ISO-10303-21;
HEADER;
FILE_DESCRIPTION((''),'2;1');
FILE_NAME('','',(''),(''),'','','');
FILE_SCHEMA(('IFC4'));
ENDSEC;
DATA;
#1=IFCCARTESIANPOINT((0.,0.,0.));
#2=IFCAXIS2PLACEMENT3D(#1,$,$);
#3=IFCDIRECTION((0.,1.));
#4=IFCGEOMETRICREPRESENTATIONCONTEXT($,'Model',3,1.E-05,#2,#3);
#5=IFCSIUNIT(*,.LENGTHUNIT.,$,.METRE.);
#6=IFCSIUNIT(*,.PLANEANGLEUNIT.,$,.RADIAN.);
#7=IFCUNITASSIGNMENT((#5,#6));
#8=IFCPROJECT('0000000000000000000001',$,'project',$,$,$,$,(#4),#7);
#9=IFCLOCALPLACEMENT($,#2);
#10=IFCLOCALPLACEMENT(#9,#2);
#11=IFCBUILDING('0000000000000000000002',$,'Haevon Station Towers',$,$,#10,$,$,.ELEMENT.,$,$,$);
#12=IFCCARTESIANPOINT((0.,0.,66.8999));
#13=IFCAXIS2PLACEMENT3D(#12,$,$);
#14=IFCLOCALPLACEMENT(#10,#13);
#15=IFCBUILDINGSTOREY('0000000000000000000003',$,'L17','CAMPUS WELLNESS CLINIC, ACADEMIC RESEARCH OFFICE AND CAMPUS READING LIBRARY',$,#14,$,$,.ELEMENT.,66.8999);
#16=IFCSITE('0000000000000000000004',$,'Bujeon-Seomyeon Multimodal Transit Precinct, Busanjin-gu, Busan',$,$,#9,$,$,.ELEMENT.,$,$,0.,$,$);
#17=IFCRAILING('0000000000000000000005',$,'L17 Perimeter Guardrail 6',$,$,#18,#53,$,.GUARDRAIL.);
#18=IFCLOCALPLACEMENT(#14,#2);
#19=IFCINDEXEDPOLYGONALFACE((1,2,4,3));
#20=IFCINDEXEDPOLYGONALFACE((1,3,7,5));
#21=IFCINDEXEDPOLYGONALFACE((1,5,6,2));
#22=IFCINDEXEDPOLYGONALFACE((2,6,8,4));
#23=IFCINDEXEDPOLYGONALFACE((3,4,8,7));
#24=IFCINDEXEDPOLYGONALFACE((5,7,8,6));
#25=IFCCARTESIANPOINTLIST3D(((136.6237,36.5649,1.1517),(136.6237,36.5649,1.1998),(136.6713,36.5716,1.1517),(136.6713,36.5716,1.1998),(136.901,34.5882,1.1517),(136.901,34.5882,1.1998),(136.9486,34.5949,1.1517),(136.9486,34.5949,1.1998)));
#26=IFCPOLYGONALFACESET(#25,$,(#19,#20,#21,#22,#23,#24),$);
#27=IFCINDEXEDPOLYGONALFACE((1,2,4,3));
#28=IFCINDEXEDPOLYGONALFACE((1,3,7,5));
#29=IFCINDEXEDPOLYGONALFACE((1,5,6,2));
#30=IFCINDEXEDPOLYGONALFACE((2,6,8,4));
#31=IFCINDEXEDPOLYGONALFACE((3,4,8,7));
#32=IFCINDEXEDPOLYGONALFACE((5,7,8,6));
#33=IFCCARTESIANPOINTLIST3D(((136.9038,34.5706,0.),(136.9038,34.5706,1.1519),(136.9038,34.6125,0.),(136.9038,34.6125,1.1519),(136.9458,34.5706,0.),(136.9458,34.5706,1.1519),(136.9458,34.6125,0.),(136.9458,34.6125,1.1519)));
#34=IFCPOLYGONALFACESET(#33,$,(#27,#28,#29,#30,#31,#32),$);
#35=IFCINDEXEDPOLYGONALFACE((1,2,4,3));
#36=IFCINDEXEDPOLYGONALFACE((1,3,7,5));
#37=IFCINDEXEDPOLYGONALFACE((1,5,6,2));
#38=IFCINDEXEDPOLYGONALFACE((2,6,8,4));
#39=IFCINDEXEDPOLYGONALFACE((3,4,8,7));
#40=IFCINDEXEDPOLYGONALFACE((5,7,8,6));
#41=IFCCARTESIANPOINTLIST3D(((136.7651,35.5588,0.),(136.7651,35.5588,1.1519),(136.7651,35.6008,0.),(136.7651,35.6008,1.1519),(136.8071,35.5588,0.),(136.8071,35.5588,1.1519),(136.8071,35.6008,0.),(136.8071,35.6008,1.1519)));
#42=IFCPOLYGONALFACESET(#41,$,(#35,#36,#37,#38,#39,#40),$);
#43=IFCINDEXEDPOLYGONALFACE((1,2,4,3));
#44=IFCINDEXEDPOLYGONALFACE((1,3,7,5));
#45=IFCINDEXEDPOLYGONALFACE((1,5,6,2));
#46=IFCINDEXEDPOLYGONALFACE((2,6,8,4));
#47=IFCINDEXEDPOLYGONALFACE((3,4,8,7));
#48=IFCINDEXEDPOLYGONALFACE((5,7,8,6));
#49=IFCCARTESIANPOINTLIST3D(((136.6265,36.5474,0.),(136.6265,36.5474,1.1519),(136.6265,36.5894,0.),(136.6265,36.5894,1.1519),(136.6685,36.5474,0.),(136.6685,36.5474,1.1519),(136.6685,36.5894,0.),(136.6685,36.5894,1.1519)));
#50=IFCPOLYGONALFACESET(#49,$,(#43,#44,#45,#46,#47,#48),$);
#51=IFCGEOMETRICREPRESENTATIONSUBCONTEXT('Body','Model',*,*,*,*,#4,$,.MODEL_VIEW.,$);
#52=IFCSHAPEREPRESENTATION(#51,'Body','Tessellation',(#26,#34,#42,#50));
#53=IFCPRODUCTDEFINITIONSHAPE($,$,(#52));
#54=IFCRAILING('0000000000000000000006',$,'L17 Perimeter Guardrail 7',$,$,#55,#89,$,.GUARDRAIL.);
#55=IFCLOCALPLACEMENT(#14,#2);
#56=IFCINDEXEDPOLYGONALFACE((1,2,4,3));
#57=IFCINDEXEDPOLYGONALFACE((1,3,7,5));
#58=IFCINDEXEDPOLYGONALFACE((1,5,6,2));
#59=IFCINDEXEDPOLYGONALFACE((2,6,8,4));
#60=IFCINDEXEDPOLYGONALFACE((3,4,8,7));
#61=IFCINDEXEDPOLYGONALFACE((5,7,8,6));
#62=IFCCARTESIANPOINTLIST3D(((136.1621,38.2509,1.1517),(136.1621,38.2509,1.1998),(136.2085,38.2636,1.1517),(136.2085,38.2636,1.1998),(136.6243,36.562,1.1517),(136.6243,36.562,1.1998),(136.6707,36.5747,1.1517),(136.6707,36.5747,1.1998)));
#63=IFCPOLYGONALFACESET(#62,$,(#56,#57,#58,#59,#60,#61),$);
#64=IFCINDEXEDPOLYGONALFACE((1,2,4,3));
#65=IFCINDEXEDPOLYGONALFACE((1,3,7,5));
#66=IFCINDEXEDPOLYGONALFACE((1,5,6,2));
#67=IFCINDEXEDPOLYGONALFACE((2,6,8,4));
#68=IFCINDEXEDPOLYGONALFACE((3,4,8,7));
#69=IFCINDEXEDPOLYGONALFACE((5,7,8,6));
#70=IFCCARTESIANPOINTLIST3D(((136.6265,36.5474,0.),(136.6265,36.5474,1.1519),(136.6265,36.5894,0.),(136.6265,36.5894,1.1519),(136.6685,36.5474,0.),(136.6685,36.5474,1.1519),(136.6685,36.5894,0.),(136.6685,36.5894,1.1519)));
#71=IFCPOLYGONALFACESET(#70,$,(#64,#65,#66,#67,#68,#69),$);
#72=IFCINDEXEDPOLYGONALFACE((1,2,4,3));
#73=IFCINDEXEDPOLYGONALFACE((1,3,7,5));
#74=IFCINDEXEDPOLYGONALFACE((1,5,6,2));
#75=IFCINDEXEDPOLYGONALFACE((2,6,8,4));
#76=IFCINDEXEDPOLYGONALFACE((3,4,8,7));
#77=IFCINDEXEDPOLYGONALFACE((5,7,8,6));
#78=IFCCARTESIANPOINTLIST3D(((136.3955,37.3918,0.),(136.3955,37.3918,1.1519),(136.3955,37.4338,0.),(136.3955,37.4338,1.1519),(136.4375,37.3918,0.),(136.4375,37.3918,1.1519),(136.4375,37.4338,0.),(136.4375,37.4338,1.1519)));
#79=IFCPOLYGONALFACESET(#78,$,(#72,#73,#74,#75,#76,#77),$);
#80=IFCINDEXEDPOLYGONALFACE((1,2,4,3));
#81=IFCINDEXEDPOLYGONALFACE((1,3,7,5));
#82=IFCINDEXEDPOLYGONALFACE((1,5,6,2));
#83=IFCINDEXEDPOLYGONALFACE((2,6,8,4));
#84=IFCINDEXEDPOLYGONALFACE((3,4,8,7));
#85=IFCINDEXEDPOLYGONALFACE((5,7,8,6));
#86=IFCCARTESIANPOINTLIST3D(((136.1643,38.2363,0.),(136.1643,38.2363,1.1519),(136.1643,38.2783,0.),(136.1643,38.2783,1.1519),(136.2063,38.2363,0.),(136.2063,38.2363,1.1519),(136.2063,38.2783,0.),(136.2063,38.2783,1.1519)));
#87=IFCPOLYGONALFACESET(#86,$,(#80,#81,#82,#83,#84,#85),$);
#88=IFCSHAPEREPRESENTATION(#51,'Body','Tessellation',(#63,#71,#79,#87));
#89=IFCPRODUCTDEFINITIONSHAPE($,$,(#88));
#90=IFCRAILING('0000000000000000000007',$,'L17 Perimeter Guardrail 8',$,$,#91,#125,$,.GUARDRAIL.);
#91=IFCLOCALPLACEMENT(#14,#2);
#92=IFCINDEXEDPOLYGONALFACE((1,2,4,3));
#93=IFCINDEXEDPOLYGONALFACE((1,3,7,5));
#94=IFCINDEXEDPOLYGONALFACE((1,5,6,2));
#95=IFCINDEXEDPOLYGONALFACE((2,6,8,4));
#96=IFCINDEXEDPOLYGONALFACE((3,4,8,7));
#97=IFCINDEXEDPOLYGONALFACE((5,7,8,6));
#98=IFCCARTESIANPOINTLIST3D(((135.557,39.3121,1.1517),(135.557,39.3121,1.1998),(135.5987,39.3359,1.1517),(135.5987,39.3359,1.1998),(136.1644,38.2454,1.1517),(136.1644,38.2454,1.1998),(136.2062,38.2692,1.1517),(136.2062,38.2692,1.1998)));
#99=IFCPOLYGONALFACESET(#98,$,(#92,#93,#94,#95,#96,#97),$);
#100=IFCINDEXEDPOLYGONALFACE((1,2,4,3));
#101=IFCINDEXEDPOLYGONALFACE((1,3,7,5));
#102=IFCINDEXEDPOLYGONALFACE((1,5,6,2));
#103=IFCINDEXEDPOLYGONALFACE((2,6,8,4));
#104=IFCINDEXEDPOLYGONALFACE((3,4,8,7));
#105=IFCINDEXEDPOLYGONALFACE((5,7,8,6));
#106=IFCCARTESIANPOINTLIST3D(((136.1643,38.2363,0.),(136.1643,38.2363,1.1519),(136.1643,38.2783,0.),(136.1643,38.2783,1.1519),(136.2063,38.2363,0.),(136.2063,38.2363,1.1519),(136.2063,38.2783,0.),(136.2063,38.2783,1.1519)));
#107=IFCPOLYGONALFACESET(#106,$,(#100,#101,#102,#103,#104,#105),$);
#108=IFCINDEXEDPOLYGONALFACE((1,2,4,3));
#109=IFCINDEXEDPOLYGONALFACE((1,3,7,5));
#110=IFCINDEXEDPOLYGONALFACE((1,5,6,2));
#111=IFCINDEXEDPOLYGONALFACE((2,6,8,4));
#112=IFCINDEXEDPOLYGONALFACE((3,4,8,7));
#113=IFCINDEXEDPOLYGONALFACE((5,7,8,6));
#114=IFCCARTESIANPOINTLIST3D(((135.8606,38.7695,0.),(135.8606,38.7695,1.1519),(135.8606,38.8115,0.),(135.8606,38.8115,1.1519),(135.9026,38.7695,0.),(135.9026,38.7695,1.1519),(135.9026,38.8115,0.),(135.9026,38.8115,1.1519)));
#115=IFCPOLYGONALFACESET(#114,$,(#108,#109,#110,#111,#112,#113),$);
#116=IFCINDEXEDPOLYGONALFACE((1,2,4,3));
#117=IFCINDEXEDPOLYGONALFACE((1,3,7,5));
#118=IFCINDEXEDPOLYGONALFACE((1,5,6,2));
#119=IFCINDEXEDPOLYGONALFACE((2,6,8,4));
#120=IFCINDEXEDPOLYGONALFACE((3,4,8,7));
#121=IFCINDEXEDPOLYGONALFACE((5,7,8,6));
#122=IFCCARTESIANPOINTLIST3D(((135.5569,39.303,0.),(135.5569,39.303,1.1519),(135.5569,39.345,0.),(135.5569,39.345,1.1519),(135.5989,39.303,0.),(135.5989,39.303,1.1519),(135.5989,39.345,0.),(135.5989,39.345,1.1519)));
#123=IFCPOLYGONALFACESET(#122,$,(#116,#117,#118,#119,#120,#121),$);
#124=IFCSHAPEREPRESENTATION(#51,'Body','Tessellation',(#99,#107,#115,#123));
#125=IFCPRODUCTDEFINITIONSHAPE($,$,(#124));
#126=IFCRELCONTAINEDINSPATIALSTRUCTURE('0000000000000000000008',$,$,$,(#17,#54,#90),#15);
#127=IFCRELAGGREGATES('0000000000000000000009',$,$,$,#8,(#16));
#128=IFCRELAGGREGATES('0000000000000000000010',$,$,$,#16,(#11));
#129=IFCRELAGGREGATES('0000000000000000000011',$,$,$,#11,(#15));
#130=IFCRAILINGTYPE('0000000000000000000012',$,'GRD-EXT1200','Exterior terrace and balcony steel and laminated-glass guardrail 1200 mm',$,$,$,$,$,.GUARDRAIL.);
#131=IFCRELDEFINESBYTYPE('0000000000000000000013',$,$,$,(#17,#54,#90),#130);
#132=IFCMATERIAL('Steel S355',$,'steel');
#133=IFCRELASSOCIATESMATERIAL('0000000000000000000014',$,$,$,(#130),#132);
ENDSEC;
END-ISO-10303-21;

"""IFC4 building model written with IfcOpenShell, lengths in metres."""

from ifc_helpers import new_model, si_unit, direction, frame, origin, origin_2d, place, context, subcontext, project, spatial, rectangle, extrude, material, type_object, element, save


model = new_model("IFC4")

# Units and contexts
model_context = context("Model", 3, precision=1e-05, world=origin(), true_north=direction((0.0, 1.0)))
body_context = subcontext(model_context, "Body", "Model", "MODEL_VIEW")
ifc_project = project(units=[si_unit("LENGTHUNIT", "METRE"), si_unit("PLANEANGLEUNIT", "RADIAN")], contexts=[model_context])

# Site, building, storey
site_placement = place(None, origin())
site = spatial("IfcSite", under=ifc_project, at=site_placement, Name="Bujeon-Seomyeon Multimodal Transit Precinct, Busanjin-gu, Busan", CompositionType="ELEMENT", RefElevation=0.0)
building_placement = place(site_placement, origin())
building = spatial("IfcBuilding", under=site, at=building_placement, Name="Haevon Station Towers", CompositionType="ELEMENT")
storey_placement = place(building_placement, frame((0.0, 0.0, 66.8999)))
storey = spatial("IfcBuildingStorey", under=building, at=storey_placement, Name="L17", Description="CAMPUS WELLNESS CLINIC, ACADEMIC RESEARCH OFFICE AND CAMPUS READING LIBRARY", CompositionType="ELEMENT", Elevation=66.8999)

# Shared definitions
ifc_material_1 = material(Name="Steel S355", Category="steel")

# Railings
railing_type = type_object("IfcRailingType", Name="GRD-EXT1200", Description="Exterior terrace and balcony steel and laminated-glass guardrail 1200 mm", PredefinedType="GUARDRAIL", material=ifc_material_1)
railing_1_placement = place(storey_placement, frame((136.9248, 34.5916, 0.0)))
element("IfcRailing", 1, at=railing_1_placement, inside=storey, type_object=railing_type, Name="L17 Perimeter Guardrail 6", PredefinedType="GUARDRAIL", context=body_context, shape_type="SweptSolid", body=[
    extrude(rectangle(XDim=0.0481, YDim=0.0481, at=origin_2d()), frame((0.0, 0.0, 1.1758), z_axis=(-0.138938, 0.990301, 0.0), x_axis=(-0.990301, -0.138938, 0.0)), (0.0, 0.0, 1.0), 1.9961),
    extrude(rectangle(XDim=0.042, YDim=0.042, at=origin_2d()), origin(), (0.0, 0.0, 1.0), 1.1519),
    extrude(rectangle(XDim=0.042, YDim=0.042, at=origin_2d()), frame((-0.1387, 0.9883, 0.0)), (0.0, 0.0, 1.0), 1.1519),
    extrude(rectangle(XDim=0.042, YDim=0.042, at=origin_2d()), frame((-0.2773, 1.9768, 0.0)), (0.0, 0.0, 1.0), 1.1519),
])
railing_2_placement = place(storey_placement, frame((136.6475, 36.5684, 0.0)))
element("IfcRailing", 2, at=railing_2_placement, inside=storey, type_object=railing_type, Name="L17 Perimeter Guardrail 7", PredefinedType="GUARDRAIL", context=body_context, shape_type="SweptSolid", body=[
    extrude(rectangle(XDim=0.0481, YDim=0.0481, at=origin_2d()), frame((0.0, 0.0, 1.1758), z_axis=(-0.263931, 0.964541, 0.0), x_axis=(-0.964541, -0.263931, 0.0)), (0.0, 0.0, 1.0), 1.751),
    extrude(rectangle(XDim=0.042, YDim=0.042, at=origin_2d()), origin(), (0.0, 0.0, 1.0), 1.1519),
    extrude(rectangle(XDim=0.042, YDim=0.042, at=origin_2d()), frame((-0.231, 0.8445, 0.0)), (0.0, 0.0, 1.0), 1.1519),
    extrude(rectangle(XDim=0.042, YDim=0.042, at=origin_2d()), frame((-0.4622, 1.689, 0.0)), (0.0, 0.0, 1.0), 1.1519),
])
railing_3_placement = place(storey_placement, frame((136.1853, 38.2573, 0.0)))
element("IfcRailing", 3, at=railing_3_placement, inside=storey, type_object=railing_type, Name="L17 Perimeter Guardrail 8", PredefinedType="GUARDRAIL", context=body_context, shape_type="SweptSolid", body=[
    extrude(rectangle(XDim=0.0481, YDim=0.0481, at=origin_2d()), frame((0.0, 0.0, 1.1758), z_axis=(-0.494853, 0.868977, 0.0), x_axis=(-0.868977, -0.494853, 0.0)), (0.0, 0.0, 1.0), 1.2275),
    extrude(rectangle(XDim=0.042, YDim=0.042, at=origin_2d()), origin(), (0.0, 0.0, 1.0), 1.1519),
    extrude(rectangle(XDim=0.042, YDim=0.042, at=origin_2d()), frame((-0.3037, 0.5332, 0.0)), (0.0, 0.0, 1.0), 1.1519),
    extrude(rectangle(XDim=0.042, YDim=0.042, at=origin_2d()), frame((-0.6074, 1.0667, 0.0)), (0.0, 0.0, 1.0), 1.1519),
])

save(model, "model.ifc")
